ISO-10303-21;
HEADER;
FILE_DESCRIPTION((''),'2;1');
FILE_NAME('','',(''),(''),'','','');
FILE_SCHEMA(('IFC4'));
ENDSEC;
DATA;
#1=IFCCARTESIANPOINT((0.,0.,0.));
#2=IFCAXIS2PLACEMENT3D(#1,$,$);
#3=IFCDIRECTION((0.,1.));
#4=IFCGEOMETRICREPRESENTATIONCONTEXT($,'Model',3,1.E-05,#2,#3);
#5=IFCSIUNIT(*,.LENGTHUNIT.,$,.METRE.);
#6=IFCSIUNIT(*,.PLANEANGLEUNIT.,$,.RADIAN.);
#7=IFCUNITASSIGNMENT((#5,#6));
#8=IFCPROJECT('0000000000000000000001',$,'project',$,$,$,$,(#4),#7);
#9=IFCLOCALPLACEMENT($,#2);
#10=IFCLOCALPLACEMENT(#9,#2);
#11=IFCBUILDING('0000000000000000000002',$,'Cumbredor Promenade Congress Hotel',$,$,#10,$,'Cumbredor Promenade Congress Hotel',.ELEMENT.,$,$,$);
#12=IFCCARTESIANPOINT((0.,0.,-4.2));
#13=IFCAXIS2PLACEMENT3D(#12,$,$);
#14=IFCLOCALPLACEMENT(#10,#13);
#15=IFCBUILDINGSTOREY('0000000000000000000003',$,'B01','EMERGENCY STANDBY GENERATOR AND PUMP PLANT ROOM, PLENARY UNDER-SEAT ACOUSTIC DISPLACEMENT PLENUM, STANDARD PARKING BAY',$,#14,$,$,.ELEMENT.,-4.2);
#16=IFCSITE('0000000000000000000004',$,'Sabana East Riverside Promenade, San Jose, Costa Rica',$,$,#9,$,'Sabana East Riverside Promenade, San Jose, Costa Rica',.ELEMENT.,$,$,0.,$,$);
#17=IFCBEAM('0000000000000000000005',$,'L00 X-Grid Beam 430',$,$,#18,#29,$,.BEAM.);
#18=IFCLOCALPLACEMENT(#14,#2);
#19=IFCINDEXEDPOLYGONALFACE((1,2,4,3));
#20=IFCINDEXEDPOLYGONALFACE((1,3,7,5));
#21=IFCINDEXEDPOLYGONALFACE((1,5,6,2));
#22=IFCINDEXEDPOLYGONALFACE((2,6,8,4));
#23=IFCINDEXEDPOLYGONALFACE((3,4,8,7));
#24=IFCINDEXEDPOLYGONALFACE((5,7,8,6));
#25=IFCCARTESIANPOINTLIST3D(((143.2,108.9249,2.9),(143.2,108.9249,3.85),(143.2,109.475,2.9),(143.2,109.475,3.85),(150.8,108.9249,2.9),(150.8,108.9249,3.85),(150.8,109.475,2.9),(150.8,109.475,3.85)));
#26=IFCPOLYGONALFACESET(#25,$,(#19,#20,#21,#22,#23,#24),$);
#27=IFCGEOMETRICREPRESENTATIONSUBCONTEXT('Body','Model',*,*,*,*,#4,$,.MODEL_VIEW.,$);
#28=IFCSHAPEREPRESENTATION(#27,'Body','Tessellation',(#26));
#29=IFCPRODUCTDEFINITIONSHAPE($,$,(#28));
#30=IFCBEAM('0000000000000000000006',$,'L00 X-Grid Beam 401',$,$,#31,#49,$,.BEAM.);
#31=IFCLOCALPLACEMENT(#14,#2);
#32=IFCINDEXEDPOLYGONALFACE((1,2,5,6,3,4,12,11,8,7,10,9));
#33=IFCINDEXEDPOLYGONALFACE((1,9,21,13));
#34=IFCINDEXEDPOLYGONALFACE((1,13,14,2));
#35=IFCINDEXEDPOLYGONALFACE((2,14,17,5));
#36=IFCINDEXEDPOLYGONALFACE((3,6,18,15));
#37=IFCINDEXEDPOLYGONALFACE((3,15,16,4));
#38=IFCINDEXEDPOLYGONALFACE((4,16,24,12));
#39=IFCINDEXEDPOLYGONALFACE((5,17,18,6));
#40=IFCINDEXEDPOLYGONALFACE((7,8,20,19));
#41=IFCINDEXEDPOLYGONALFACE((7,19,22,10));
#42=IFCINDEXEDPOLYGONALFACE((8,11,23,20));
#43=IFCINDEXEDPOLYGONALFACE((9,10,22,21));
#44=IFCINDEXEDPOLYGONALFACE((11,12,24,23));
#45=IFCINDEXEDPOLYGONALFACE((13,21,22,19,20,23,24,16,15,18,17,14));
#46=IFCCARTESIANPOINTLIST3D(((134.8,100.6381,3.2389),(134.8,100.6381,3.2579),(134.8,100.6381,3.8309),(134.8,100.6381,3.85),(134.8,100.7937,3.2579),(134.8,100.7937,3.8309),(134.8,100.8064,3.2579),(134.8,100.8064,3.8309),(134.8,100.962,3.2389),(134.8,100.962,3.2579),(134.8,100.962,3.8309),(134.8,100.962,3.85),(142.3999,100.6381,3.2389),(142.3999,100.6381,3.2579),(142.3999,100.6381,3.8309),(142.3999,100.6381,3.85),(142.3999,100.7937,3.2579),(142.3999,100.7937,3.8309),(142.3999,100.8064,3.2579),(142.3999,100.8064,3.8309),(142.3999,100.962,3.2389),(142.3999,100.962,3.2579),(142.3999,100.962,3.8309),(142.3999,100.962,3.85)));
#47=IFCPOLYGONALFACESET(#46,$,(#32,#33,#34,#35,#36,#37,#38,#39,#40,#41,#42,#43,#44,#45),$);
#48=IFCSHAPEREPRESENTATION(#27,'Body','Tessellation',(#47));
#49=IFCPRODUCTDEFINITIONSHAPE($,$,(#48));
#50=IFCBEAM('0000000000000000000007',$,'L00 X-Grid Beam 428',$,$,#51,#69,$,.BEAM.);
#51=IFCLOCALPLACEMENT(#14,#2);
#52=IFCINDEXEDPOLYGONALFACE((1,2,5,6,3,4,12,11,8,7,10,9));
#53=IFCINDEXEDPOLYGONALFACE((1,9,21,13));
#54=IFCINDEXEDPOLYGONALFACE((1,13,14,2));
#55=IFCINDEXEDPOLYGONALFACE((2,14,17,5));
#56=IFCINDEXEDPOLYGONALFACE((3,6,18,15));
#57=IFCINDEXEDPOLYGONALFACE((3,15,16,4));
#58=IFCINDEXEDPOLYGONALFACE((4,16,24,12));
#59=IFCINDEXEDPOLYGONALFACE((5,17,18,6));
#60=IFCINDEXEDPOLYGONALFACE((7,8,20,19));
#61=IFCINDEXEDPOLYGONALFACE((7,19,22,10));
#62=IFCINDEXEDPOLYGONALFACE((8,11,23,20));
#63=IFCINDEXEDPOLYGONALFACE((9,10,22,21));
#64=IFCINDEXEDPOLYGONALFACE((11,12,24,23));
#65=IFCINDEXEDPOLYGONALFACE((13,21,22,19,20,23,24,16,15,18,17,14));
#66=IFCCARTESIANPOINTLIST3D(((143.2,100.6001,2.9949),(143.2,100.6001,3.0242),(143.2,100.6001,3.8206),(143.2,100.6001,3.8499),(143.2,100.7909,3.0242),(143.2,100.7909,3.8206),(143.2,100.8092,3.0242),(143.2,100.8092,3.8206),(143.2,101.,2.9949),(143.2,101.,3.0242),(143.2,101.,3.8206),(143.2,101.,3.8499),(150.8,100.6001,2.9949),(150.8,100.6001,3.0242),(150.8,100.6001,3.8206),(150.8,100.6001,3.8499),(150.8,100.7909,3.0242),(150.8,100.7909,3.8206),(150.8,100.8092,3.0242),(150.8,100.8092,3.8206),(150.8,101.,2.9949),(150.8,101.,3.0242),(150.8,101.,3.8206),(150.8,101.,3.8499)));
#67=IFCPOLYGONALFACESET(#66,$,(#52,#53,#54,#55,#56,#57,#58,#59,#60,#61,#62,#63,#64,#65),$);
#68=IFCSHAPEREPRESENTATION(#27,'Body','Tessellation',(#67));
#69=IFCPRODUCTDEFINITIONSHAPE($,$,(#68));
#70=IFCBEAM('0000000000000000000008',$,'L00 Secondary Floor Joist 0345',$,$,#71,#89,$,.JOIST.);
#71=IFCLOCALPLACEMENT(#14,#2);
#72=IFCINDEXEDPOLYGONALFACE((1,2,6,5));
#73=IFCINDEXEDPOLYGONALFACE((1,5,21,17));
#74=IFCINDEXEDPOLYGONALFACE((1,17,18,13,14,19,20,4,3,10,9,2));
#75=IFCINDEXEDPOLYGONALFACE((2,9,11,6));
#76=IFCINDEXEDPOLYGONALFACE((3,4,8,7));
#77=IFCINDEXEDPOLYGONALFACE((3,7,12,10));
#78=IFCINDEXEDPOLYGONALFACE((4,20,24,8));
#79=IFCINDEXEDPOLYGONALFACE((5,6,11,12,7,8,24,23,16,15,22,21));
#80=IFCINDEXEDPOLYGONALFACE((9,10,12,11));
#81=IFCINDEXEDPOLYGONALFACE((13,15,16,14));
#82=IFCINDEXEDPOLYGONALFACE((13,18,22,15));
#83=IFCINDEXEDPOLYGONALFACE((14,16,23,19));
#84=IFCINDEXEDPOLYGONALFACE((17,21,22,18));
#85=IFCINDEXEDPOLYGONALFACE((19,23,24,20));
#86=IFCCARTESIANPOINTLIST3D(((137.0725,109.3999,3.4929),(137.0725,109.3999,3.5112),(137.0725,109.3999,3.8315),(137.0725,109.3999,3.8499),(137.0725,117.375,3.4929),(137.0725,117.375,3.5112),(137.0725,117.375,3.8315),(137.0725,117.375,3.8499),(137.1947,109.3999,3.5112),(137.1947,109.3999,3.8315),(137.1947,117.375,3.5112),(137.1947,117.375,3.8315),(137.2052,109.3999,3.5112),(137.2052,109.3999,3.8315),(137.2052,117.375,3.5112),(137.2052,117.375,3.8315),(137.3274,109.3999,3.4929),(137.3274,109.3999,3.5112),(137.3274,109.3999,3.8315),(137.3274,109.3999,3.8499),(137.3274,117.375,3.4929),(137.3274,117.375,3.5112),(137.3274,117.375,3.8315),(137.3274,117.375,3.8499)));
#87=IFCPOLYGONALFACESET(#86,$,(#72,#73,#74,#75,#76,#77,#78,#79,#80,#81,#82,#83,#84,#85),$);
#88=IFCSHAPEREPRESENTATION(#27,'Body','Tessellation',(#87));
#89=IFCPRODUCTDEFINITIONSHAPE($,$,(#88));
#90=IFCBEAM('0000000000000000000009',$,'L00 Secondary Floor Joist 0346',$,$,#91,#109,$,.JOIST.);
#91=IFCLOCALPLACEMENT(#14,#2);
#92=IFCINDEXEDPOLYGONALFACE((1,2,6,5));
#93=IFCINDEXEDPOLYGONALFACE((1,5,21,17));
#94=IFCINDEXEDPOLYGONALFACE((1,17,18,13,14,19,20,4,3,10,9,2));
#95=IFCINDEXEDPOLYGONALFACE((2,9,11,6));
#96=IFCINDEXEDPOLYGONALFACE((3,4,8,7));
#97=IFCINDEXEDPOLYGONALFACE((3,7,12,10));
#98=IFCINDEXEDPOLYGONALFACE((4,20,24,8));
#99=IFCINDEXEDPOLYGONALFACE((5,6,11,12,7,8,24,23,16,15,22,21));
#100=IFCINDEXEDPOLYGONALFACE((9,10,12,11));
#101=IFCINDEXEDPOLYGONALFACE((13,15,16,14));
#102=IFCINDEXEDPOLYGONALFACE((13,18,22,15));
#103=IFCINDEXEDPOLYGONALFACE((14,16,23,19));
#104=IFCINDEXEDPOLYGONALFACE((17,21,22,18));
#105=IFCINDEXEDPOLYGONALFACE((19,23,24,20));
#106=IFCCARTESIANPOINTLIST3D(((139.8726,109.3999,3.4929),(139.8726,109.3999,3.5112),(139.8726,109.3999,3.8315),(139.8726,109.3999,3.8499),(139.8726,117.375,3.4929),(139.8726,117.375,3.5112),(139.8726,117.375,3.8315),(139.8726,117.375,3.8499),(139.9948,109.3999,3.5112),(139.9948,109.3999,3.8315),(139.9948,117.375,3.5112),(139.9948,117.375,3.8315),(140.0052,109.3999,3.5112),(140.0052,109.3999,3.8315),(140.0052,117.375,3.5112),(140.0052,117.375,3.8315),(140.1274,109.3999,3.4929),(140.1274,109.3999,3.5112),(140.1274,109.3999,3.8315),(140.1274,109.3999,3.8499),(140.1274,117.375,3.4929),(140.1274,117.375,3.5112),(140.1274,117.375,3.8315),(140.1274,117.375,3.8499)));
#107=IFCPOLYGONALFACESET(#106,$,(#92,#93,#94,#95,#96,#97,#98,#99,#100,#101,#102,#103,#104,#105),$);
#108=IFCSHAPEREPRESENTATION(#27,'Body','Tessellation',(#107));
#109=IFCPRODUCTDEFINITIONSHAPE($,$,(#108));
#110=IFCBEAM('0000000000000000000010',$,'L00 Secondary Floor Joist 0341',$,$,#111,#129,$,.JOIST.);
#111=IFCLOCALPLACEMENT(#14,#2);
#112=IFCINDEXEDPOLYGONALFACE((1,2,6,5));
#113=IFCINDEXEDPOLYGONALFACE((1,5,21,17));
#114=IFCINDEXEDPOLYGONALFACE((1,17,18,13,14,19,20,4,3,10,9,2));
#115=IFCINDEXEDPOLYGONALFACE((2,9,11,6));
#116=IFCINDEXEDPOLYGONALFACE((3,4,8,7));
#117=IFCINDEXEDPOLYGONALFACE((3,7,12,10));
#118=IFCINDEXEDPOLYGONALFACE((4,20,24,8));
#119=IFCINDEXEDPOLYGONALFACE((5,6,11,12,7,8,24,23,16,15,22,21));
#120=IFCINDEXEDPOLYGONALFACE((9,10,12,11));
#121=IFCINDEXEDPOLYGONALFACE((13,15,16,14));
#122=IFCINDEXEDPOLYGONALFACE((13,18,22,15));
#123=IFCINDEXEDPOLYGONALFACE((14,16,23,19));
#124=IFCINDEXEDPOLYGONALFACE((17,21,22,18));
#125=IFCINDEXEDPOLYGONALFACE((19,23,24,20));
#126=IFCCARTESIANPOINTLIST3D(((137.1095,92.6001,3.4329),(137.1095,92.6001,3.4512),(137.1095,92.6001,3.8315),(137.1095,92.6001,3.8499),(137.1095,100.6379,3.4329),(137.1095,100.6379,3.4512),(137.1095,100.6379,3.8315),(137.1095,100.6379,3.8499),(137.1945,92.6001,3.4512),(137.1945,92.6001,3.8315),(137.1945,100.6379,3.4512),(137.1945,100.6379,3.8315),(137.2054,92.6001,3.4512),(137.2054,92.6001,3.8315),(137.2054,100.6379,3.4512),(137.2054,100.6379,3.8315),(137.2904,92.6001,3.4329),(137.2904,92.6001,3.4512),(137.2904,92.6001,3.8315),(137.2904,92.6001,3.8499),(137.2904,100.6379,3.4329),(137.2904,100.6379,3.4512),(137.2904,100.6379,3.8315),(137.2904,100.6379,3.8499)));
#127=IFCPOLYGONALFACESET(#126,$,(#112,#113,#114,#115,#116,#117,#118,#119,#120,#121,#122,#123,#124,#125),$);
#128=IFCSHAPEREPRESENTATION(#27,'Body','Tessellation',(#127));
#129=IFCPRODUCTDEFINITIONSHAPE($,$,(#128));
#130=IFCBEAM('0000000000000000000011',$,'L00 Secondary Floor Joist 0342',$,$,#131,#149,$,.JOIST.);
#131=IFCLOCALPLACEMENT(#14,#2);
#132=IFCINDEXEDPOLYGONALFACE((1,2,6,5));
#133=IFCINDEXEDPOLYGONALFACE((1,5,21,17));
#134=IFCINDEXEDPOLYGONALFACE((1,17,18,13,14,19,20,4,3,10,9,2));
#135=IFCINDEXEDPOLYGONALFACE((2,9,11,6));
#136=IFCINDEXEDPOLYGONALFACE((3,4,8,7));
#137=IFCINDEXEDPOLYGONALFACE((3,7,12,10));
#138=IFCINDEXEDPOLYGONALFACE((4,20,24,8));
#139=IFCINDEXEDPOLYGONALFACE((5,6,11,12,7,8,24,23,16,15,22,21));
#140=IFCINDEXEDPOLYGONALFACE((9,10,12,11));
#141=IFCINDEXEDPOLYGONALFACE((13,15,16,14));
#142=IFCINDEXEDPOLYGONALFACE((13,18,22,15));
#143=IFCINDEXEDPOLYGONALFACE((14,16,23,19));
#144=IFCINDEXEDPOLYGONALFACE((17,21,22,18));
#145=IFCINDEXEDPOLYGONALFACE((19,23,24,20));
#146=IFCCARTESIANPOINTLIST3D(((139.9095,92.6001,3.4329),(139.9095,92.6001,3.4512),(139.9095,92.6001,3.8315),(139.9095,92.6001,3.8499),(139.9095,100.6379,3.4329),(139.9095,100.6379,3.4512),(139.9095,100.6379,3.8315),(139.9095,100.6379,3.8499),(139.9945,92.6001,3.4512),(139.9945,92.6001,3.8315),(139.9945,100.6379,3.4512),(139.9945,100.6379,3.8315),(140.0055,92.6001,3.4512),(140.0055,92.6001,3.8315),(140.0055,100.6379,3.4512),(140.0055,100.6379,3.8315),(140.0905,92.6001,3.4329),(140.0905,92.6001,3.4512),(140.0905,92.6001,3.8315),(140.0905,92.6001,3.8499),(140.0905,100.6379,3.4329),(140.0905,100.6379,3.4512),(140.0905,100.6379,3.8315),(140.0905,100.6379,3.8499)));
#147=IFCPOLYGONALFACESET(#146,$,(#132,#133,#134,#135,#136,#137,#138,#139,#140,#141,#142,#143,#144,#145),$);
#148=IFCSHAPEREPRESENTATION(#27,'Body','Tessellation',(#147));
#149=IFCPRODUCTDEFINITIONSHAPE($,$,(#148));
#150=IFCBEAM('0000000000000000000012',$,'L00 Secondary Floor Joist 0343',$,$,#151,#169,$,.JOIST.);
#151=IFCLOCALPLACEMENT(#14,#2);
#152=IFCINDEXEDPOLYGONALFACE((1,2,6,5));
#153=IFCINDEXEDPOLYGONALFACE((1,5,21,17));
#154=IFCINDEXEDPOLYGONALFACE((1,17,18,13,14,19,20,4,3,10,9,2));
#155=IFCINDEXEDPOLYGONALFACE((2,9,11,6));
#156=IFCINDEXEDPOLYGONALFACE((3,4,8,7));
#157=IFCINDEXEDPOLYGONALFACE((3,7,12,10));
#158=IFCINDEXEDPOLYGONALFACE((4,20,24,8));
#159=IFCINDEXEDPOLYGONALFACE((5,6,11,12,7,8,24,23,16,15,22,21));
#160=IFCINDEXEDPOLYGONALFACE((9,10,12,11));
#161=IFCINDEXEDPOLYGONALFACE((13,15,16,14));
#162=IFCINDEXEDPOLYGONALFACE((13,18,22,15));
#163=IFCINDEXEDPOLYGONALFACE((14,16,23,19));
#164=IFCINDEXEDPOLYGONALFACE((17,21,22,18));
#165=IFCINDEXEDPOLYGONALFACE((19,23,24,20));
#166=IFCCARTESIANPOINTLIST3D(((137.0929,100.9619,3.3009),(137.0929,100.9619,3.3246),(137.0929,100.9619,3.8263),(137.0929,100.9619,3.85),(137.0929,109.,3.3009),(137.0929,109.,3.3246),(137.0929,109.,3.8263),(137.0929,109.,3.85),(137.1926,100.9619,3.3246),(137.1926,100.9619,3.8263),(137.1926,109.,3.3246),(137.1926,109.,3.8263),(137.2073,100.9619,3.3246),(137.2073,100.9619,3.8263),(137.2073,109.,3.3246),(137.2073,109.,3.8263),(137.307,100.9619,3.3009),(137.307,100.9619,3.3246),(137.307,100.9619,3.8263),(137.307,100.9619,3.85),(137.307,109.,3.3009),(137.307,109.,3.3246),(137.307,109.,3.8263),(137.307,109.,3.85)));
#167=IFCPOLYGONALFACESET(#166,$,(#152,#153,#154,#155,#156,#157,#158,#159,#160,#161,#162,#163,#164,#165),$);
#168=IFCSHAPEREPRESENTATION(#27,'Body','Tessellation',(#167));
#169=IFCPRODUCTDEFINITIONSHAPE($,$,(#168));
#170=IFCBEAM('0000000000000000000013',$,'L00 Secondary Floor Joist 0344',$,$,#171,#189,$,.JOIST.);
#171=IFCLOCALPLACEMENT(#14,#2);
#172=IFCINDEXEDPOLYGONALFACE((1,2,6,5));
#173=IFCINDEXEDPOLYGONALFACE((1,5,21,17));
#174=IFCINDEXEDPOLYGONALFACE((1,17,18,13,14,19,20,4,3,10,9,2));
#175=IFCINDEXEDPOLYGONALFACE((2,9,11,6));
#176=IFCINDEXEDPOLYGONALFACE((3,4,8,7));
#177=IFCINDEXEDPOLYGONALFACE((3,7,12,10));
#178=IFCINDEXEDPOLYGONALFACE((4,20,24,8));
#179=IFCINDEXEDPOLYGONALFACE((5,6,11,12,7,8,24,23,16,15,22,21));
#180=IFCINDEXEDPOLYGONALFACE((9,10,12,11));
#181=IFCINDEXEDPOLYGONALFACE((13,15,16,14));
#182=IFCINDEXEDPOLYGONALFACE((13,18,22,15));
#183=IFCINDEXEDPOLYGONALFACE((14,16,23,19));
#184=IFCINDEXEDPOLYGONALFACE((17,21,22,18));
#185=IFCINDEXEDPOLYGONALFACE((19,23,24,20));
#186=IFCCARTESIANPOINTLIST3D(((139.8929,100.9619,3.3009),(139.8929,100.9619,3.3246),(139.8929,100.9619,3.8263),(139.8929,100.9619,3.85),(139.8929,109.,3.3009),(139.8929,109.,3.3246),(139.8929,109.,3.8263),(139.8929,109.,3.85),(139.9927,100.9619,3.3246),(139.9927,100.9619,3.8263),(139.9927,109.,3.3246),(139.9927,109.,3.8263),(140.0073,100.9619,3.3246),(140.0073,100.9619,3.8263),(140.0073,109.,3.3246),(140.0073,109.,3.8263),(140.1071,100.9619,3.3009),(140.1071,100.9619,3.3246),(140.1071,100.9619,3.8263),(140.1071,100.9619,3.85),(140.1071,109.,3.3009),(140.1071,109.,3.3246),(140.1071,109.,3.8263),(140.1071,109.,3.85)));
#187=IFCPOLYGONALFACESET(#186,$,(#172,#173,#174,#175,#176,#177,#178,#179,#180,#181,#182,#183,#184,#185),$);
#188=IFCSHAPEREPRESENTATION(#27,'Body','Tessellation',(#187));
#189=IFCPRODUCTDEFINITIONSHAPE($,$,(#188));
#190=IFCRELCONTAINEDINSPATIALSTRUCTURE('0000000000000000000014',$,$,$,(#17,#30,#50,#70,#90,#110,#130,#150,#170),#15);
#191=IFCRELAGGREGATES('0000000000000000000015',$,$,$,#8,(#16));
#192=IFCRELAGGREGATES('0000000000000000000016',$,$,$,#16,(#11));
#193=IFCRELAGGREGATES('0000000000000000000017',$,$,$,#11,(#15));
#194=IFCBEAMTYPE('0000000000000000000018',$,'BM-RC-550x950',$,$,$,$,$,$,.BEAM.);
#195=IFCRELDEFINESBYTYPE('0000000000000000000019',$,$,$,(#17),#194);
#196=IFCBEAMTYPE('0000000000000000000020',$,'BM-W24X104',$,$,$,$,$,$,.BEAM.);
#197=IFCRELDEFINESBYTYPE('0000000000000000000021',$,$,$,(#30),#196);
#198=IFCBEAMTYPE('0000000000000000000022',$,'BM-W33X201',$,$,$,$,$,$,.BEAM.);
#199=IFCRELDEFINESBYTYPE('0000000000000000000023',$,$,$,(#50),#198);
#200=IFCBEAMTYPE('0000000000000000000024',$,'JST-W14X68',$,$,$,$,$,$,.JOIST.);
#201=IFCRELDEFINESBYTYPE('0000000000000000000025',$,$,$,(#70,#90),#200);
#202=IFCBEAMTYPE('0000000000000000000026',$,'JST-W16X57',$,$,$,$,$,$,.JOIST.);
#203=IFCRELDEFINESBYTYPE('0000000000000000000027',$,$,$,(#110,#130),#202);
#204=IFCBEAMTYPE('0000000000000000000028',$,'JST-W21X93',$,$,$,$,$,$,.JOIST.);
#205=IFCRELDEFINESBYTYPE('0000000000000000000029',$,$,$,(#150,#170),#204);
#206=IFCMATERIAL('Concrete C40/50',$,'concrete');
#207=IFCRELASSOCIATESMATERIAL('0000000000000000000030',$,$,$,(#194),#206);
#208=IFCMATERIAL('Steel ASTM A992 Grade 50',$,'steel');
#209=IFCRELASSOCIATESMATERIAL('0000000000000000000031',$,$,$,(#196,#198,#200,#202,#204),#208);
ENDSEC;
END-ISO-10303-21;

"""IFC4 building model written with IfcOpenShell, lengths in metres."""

from ifc_helpers import new_model, si_unit, direction, frame, origin, origin_2d, place, context, subcontext, project, spatial, rectangle, i_section, extrude, material, material_profile, profile_set, type_object, element, save


model = new_model("IFC4")

# Units and contexts
model_context = context("Model", 3, precision=1e-05, world=origin(), true_north=direction((0.0, 1.0)))
body_context = subcontext(model_context, "Body", "Model", "MODEL_VIEW")
ifc_project = project(units=[si_unit("LENGTHUNIT", "METRE"), si_unit("PLANEANGLEUNIT", "RADIAN")], contexts=[model_context])

# Site, building, storey
site_placement = place(None, origin())
site = spatial("IfcSite", under=ifc_project, at=site_placement, Name="Sabana East Riverside Promenade, San Jose, Costa Rica", LongName="Sabana East Riverside Promenade, San Jose, Costa Rica", CompositionType="ELEMENT", RefElevation=0.0)
building_placement = place(site_placement, origin())
building = spatial("IfcBuilding", under=site, at=building_placement, Name="Cumbredor Promenade Congress Hotel", LongName="Cumbredor Promenade Congress Hotel", CompositionType="ELEMENT")
storey_placement = place(building_placement, frame((0.0, 0.0, -4.2)))
storey = spatial("IfcBuildingStorey", under=building, at=storey_placement, Name="B01", Description="EMERGENCY STANDBY GENERATOR AND PUMP PLANT ROOM, PLENARY UNDER-SEAT ACOUSTIC DISPLACEMENT PLENUM, STANDARD PARKING BAY", CompositionType="ELEMENT", Elevation=-4.2)

# Beams
ifc_material_1 = material(Name="Concrete C40/50", Category="concrete")
ifc_material_profile_1 = material_profile(ifc_material_1, rectangle(XDim=0.55, YDim=0.95, at=origin_2d()), Name="RC BEAM 550x950")
ifc_profile_set_1 = profile_set([ifc_material_profile_1], Name="Concrete C40/50")
beam_type_1 = type_object("IfcBeamType", Name="BM-RC-550x950", PredefinedType="BEAM", material=ifc_profile_set_1)
for number, where, z_axis, x_axis, name in (
    (1, (143.2, 109.2, 3.375), (1.0, 0.0, 0.0), (0.0, 1.0, 0.0), "L00 X-Grid Beam 430"),
):
    element("IfcBeam", number, at=place(storey_placement, frame(where, z_axis=z_axis, x_axis=x_axis)), inside=storey, type_object=beam_type_1, Name=name, PredefinedType="BEAM", context=body_context, shape_type="SweptSolid", body=[
        extrude(rectangle(XDim=0.55, YDim=0.95, at=origin_2d()), origin(), (0.0, 0.0, 1.0), 7.6001),
    ])
ifc_material_2 = material(Name="Steel ASTM A992 Grade 50", Category="steel")
ifc_material_profile_2 = material_profile(ifc_material_2, i_section(OverallWidth=0.324, OverallDepth=0.6111, WebThickness=0.0127, FlangeThickness=0.019, at=origin_2d()), Name="W24X104")
ifc_profile_set_2 = profile_set([ifc_material_profile_2], Name="Steel ASTM A992 Grade 50")
beam_type_2 = type_object("IfcBeamType", Name="BM-W24X104", PredefinedType="BEAM", material=ifc_profile_set_2)
beam_1_placement = place(storey_placement, frame((134.8, 100.8, 3.5444), z_axis=(1.0, 0.0, 0.0), x_axis=(0.0, 1.0, 0.0)))
element("IfcBeam", 2, at=beam_1_placement, inside=storey, type_object=beam_type_2, Name="L00 X-Grid Beam 401", PredefinedType="BEAM", context=body_context, shape_type="SweptSolid", body=[
    extrude(i_section(OverallWidth=0.324, OverallDepth=0.6111, WebThickness=0.0127, FlangeThickness=0.019, at=origin_2d()), origin(), (0.0, 0.0, 1.0), 7.5999),
])
ifc_material_profile_3 = material_profile(ifc_material_2, i_section(OverallWidth=0.3999, OverallDepth=0.855, WebThickness=0.0183, FlangeThickness=0.0293, at=origin_2d()), Name="W33X201")
ifc_profile_set_3 = profile_set([ifc_material_profile_3], Name="Steel ASTM A992 Grade 50")
beam_type_3 = type_object("IfcBeamType", Name="BM-W33X201", PredefinedType="BEAM", material=ifc_profile_set_3)
beam_2_placement = place(storey_placement, frame((143.2, 100.8, 3.4224), z_axis=(1.0, 0.0, 0.0), x_axis=(0.0, 1.0, 0.0)))
element("IfcBeam", 3, at=beam_2_placement, inside=storey, type_object=beam_type_3, Name="L00 X-Grid Beam 428", PredefinedType="BEAM", context=body_context, shape_type="SweptSolid", body=[
    extrude(i_section(OverallWidth=0.3999, OverallDepth=0.855, WebThickness=0.0183, FlangeThickness=0.0293, at=origin_2d()), origin(), (0.0, 0.0, 1.0), 7.6001),
])
ifc_material_profile_4 = material_profile(ifc_material_2, i_section(OverallWidth=0.2549, OverallDepth=0.3569, WebThickness=0.0105, FlangeThickness=0.0183, at=origin_2d()), Name="W14X68")
ifc_profile_set_4 = profile_set([ifc_material_profile_4], Name="Steel ASTM A992 Grade 50")
beam_type_4 = type_object("IfcBeamType", Name="JST-W14X68", PredefinedType="JOIST", material=ifc_profile_set_4)
for number, where, z_axis, x_axis, name in (
    (4, (137.2, 109.3999, 3.6714), (0.0, 1.0, 0.0), (-1.0, 0.0, 0.0), "L00 Secondary Floor Joist 0345"),
    (5, (140.0, 109.3999, 3.6714), (0.0, 1.0, 0.0), (-1.0, 0.0, 0.0), "L00 Secondary Floor Joist 0346"),
):
    element("IfcBeam", number, at=place(storey_placement, frame(where, z_axis=z_axis, x_axis=x_axis)), inside=storey, type_object=beam_type_4, Name=name, PredefinedType="JOIST", context=body_context, shape_type="SweptSolid", body=[
        extrude(i_section(OverallWidth=0.2549, OverallDepth=0.3569, WebThickness=0.0105, FlangeThickness=0.0183, at=origin_2d()), origin(), (0.0, 0.0, 1.0), 7.9751),
    ])
ifc_material_profile_5 = material_profile(ifc_material_2, i_section(OverallWidth=0.1809, OverallDepth=0.417, WebThickness=0.011, FlangeThickness=0.0183, at=origin_2d()), Name="W16X57")
ifc_profile_set_5 = profile_set([ifc_material_profile_5], Name="Steel ASTM A992 Grade 50")
beam_type_5 = type_object("IfcBeamType", Name="JST-W16X57", PredefinedType="JOIST", material=ifc_profile_set_5)
for number, where, z_axis, x_axis, name in (
    (6, (137.2, 92.6001, 3.6414), (0.0, 1.0, 0.0), (-1.0, 0.0, 0.0), "L00 Secondary Floor Joist 0341"),
    (7, (140.0, 92.6001, 3.6414), (0.0, 1.0, 0.0), (-1.0, 0.0, 0.0), "L00 Secondary Floor Joist 0342"),
):
    element("IfcBeam", number, at=place(storey_placement, frame(where, z_axis=z_axis, x_axis=x_axis)), inside=storey, type_object=beam_type_5, Name=name, PredefinedType="JOIST", context=body_context, shape_type="SweptSolid", body=[
        extrude(i_section(OverallWidth=0.1809, OverallDepth=0.417, WebThickness=0.011, FlangeThickness=0.0183, at=origin_2d()), origin(), (0.0, 0.0, 1.0), 8.0378),
    ])
ifc_material_profile_6 = material_profile(ifc_material_2, i_section(OverallWidth=0.2141, OverallDepth=0.5491, WebThickness=0.0146, FlangeThickness=0.0237, at=origin_2d()), Name="W21X93")
ifc_profile_set_6 = profile_set([ifc_material_profile_6], Name="Steel ASTM A992 Grade 50")
beam_type_6 = type_object("IfcBeamType", Name="JST-W21X93", PredefinedType="JOIST", material=ifc_profile_set_6)
for number, where, z_axis, x_axis, name in (
    (8, (137.2, 100.9619, 3.5754), (0.0, 1.0, 0.0), (-1.0, 0.0, 0.0), "L00 Secondary Floor Joist 0343"),
    (9, (140.0, 100.9619, 3.5754), (0.0, 1.0, 0.0), (-1.0, 0.0, 0.0), "L00 Secondary Floor Joist 0344"),
):
    element("IfcBeam", number, at=place(storey_placement, frame(where, z_axis=z_axis, x_axis=x_axis)), inside=storey, type_object=beam_type_6, Name=name, PredefinedType="JOIST", context=body_context, shape_type="SweptSolid", body=[
        extrude(i_section(OverallWidth=0.2141, OverallDepth=0.5491, WebThickness=0.0146, FlangeThickness=0.0237, at=origin_2d()), origin(), (0.0, 0.0, 1.0), 8.0381),
    ])

save(model, "model.ifc")
